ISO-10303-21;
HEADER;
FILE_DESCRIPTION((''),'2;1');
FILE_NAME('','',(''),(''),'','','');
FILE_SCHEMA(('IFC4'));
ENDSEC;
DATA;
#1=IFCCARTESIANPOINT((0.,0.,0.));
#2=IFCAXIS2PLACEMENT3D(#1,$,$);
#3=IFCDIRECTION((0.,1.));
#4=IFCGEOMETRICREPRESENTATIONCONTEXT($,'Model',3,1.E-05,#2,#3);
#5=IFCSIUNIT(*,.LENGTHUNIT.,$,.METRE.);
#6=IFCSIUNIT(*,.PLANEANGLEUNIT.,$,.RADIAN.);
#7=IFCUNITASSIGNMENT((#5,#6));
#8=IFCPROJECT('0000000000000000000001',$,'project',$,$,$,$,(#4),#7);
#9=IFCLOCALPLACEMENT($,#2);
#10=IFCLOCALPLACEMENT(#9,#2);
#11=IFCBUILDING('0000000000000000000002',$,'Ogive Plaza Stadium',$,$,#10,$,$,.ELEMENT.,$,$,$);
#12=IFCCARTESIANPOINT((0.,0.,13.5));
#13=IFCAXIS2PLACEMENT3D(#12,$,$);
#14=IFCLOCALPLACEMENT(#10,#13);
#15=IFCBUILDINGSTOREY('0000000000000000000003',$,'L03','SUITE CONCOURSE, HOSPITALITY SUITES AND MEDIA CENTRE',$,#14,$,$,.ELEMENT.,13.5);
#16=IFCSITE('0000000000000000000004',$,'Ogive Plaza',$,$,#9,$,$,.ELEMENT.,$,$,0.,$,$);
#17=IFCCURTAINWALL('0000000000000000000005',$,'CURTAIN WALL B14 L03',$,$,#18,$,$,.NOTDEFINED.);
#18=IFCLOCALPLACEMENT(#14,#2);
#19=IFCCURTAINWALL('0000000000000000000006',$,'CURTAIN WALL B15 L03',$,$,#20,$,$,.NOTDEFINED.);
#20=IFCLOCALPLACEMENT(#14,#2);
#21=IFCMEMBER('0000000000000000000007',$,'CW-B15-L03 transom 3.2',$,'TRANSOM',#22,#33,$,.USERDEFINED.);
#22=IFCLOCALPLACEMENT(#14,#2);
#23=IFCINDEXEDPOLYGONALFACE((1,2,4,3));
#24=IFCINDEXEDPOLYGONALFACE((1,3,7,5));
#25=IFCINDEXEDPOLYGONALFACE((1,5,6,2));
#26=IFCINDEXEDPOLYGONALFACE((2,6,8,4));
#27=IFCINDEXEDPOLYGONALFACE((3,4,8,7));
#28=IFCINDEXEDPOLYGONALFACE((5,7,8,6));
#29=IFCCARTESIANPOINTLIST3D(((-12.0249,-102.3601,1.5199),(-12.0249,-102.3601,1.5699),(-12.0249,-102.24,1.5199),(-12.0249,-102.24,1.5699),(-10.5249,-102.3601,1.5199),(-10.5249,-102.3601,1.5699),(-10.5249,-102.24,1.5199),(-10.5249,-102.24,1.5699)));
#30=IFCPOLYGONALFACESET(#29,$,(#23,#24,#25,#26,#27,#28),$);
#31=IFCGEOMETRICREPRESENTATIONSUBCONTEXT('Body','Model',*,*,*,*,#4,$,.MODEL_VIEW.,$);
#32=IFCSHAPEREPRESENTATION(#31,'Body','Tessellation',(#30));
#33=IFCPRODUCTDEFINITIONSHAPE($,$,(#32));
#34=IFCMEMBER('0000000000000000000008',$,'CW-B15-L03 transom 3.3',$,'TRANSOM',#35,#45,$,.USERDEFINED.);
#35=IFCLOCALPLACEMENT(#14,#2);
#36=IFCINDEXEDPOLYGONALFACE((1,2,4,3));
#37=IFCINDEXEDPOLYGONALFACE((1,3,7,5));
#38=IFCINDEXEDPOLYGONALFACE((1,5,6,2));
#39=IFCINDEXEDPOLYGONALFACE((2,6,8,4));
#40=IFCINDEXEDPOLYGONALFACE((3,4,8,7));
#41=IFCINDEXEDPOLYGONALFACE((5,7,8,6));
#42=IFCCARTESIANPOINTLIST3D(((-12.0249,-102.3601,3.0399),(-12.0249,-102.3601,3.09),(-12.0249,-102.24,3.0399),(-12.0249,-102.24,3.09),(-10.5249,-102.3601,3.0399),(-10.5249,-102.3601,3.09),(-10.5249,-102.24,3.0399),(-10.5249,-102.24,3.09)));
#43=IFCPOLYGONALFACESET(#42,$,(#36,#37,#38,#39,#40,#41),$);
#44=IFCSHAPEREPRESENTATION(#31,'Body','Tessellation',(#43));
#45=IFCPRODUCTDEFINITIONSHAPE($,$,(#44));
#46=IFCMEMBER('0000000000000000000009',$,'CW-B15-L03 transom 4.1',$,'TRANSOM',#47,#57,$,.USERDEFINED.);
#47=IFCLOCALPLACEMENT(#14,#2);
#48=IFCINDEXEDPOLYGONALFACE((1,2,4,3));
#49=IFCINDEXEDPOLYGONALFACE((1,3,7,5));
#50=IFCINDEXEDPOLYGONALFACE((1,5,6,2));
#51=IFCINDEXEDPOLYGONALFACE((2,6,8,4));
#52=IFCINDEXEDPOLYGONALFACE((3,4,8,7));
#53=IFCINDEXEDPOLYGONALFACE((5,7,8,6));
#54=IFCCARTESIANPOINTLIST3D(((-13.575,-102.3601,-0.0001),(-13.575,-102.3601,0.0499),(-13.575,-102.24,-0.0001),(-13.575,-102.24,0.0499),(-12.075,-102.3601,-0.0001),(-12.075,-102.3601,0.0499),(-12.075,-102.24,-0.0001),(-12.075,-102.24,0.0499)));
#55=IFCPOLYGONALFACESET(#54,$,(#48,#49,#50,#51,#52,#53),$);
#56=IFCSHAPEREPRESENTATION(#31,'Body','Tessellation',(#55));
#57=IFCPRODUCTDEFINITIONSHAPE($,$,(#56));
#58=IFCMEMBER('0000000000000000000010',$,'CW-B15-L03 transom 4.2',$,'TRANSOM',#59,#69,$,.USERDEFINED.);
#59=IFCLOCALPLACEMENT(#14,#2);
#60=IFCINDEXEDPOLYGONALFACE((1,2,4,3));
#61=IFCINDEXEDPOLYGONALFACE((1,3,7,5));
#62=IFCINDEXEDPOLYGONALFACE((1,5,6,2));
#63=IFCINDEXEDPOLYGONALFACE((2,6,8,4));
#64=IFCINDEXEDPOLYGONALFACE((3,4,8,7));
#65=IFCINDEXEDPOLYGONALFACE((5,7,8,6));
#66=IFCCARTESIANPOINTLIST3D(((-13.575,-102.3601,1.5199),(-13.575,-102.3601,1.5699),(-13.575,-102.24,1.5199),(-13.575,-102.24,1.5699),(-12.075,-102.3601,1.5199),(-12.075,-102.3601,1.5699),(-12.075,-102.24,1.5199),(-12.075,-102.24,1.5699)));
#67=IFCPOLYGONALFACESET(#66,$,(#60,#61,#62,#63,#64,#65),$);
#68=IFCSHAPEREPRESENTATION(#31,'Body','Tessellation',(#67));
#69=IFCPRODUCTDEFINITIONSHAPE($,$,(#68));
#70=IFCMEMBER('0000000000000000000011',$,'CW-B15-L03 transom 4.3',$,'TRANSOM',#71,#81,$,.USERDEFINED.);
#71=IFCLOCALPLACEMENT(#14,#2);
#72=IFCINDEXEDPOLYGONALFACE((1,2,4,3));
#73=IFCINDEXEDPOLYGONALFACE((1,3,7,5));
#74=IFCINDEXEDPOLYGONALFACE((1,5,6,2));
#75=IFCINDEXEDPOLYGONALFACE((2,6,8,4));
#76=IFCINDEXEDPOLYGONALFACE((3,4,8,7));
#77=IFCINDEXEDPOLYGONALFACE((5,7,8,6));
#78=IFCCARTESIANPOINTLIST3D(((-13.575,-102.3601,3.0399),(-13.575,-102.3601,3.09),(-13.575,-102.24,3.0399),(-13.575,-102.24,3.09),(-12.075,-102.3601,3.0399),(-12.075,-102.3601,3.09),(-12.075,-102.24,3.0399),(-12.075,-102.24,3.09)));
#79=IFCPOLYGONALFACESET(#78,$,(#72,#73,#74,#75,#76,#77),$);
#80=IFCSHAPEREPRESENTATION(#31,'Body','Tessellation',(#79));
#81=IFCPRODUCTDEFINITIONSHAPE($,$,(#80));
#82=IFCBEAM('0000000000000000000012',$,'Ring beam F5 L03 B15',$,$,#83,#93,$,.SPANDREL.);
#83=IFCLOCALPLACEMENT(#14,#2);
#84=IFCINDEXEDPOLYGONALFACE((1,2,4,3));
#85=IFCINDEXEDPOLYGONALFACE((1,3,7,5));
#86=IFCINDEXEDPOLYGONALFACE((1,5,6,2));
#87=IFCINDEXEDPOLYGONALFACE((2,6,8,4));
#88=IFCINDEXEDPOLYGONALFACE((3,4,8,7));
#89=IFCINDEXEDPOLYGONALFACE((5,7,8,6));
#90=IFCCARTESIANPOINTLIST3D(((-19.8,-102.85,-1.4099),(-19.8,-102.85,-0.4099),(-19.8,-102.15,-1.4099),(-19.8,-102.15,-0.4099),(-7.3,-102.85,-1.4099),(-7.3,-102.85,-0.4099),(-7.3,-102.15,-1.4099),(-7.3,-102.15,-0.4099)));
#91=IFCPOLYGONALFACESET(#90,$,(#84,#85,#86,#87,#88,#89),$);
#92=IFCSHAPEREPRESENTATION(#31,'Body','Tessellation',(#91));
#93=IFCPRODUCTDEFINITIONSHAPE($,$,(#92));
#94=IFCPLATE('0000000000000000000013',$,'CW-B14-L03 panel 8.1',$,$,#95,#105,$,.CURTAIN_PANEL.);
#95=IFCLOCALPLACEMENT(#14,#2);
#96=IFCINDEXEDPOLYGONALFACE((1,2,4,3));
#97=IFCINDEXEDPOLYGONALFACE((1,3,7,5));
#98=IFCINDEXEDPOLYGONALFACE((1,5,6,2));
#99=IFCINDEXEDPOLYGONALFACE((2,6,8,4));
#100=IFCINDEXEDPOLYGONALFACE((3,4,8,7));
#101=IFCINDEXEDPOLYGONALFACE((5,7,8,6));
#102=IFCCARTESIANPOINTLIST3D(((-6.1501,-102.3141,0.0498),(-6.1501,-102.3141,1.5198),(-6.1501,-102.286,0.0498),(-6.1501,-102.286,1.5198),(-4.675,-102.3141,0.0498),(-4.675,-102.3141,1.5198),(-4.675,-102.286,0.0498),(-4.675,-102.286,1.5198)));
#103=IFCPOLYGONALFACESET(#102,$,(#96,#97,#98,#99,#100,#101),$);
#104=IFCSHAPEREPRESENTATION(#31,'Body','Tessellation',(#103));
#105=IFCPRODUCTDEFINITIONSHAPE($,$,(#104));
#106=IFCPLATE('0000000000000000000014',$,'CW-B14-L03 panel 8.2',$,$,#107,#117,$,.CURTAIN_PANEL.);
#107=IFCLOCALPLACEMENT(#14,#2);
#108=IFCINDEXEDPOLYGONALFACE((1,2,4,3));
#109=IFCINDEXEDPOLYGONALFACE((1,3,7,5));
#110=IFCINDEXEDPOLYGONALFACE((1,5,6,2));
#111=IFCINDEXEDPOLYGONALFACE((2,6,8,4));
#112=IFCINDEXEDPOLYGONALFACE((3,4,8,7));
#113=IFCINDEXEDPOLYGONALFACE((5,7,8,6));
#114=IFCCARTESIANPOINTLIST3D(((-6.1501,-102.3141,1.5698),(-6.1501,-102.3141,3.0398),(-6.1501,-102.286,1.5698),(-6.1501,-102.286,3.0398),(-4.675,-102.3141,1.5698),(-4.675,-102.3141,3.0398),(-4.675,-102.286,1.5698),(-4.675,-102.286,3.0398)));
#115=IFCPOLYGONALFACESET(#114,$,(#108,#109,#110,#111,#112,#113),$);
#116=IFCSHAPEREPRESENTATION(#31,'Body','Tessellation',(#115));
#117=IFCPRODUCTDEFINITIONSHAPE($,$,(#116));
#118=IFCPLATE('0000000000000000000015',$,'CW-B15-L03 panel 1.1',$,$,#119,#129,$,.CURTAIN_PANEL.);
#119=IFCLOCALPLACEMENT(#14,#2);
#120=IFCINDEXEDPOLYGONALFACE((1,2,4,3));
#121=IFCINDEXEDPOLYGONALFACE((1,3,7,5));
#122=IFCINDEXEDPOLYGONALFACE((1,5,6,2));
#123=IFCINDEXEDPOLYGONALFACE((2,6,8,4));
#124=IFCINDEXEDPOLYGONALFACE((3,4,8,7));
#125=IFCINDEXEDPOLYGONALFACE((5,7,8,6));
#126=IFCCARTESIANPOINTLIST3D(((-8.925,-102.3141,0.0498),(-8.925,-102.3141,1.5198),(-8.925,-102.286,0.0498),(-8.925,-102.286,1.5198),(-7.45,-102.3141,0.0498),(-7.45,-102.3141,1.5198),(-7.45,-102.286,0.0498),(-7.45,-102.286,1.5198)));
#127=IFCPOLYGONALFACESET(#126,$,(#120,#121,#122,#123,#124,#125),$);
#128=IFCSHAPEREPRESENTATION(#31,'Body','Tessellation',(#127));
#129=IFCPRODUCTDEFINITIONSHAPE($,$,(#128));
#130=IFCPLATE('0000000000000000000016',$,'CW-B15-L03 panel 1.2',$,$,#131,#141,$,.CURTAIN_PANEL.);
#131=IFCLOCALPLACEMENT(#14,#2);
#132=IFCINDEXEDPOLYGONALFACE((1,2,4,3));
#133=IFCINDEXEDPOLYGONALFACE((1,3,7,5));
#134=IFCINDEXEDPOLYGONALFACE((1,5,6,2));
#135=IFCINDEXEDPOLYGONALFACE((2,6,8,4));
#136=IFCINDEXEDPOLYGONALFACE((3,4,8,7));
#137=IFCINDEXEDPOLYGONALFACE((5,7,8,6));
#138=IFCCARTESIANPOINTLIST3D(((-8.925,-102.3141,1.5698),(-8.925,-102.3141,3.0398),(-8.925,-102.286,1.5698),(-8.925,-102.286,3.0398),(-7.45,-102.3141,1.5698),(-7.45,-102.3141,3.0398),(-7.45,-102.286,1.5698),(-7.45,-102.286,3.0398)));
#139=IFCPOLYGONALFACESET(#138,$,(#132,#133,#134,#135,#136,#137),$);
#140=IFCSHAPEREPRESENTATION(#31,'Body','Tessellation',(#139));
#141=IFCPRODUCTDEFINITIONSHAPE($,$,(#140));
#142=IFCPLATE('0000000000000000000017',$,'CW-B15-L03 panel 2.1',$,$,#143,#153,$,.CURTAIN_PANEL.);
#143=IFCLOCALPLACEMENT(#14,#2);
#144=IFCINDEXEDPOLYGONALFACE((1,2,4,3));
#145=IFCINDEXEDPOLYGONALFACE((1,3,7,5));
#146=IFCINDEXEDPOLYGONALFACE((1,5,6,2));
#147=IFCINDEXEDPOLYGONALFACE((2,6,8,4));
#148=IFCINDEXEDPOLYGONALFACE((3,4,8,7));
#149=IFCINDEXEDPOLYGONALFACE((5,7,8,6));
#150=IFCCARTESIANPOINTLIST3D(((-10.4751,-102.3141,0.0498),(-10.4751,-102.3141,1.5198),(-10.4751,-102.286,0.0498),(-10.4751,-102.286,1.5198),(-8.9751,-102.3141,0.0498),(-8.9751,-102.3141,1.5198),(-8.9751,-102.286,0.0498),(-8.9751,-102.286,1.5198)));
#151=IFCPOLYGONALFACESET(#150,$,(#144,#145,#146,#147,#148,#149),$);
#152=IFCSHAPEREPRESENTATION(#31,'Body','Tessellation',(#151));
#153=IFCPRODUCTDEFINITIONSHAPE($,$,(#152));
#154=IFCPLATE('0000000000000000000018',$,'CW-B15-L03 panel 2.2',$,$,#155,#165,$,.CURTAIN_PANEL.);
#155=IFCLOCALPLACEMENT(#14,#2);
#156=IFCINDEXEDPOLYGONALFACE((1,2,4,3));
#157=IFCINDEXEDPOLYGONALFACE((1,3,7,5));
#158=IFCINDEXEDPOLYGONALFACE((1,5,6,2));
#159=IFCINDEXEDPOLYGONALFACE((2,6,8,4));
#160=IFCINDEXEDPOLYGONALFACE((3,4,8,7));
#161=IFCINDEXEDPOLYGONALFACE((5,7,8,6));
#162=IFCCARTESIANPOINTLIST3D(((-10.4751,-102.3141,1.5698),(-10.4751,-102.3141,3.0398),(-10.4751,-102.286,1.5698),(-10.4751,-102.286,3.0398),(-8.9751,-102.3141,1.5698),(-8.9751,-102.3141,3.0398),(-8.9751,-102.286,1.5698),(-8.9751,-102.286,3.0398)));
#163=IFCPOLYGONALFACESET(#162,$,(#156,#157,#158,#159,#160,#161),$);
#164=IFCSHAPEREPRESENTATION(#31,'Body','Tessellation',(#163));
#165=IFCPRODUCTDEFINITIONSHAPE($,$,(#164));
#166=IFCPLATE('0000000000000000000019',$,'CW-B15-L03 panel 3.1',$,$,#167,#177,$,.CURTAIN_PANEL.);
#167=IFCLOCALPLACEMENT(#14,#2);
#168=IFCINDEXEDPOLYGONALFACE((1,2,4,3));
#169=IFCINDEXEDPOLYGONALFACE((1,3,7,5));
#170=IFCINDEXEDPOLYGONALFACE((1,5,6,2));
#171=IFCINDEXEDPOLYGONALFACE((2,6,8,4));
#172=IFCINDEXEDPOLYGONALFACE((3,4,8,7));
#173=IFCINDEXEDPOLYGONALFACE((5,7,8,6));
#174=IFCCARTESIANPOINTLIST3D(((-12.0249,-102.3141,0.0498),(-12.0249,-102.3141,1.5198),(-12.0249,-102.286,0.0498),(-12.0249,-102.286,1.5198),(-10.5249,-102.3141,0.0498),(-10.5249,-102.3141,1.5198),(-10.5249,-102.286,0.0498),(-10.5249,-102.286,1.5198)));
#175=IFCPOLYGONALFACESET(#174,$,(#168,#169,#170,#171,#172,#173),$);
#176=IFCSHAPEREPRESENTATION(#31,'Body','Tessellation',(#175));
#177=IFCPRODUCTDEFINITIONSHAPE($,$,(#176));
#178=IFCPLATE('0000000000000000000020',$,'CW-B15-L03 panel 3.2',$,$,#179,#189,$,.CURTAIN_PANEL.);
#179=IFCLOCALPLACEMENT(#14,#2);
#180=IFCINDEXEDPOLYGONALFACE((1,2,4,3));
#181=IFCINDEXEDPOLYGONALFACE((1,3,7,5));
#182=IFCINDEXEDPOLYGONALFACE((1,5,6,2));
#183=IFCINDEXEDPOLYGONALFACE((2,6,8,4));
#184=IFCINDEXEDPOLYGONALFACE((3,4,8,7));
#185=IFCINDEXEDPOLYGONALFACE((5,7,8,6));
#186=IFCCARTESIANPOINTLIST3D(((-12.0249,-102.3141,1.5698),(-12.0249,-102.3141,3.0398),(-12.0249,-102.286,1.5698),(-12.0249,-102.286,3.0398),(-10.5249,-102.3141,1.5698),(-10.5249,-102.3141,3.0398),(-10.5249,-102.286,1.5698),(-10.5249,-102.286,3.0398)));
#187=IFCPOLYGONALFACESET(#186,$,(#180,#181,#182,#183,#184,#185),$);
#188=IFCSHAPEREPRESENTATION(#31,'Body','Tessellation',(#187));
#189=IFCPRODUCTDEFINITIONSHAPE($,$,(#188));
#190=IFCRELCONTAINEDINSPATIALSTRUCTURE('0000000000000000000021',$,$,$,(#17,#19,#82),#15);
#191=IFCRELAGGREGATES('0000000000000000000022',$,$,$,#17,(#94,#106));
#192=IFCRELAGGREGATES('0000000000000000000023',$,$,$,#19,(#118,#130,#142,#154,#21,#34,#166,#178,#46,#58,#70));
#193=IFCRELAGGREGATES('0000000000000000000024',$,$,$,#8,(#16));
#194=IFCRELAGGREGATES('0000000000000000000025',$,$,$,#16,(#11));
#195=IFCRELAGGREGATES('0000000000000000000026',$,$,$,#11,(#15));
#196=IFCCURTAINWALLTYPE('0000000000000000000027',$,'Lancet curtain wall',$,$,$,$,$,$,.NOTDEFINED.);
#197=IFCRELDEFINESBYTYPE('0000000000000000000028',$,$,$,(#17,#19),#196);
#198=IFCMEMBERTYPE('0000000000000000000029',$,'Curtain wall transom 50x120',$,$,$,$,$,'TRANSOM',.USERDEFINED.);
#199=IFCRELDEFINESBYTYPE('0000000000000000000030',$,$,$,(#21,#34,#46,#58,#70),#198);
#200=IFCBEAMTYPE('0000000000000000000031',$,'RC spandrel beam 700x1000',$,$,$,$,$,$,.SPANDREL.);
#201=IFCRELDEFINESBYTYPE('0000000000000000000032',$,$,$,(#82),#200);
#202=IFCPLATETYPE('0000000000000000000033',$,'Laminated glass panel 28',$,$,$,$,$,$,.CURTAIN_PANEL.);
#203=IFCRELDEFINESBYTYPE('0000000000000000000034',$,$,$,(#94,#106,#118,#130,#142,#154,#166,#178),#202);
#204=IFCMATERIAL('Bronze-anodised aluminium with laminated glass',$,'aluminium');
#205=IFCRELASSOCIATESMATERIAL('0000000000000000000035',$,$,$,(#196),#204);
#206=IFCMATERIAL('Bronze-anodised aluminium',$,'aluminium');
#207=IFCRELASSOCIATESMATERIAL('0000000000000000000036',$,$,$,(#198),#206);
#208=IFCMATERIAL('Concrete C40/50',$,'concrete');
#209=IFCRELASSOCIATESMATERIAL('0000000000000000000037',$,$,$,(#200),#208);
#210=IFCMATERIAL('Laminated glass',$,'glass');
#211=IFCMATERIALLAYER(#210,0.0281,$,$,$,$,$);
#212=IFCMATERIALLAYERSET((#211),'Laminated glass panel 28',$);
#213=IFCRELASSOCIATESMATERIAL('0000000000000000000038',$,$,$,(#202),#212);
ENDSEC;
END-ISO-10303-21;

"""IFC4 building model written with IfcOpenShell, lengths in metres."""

from ifc_helpers import new_model, si_unit, direction, frame, origin, origin_2d, place, context, subcontext, project, spatial, rectangle, extrude, material, layer, layer_set, material_profile, profile_set, type_object, element, aggregate, save


model = new_model("IFC4")

# Units and contexts
model_context = context("Model", 3, precision=1e-05, world=origin(), true_north=direction((0.0, 1.0)))
body_context = subcontext(model_context, "Body", "Model", "MODEL_VIEW")
ifc_project = project(units=[si_unit("LENGTHUNIT", "METRE"), si_unit("PLANEANGLEUNIT", "RADIAN")], contexts=[model_context])

# Site, building, storey
site_placement = place(None, origin())
site = spatial("IfcSite", under=ifc_project, at=site_placement, Name="Ogive Plaza", CompositionType="ELEMENT", RefElevation=0.0)
building_placement = place(site_placement, origin())
building = spatial("IfcBuilding", under=site, at=building_placement, Name="Ogive Plaza Stadium", CompositionType="ELEMENT")
storey_placement = place(building_placement, frame((0.0, 0.0, 13.5)))
storey = spatial("IfcBuildingStorey", under=building, at=storey_placement, Name="L03", Description="SUITE CONCOURSE, HOSPITALITY SUITES AND MEDIA CENTRE", CompositionType="ELEMENT", Elevation=13.5)

# Curtain wall
ifc_material_1 = material(Name="Bronze-anodised aluminium with laminated glass", Category="aluminium")
curtain_wall_type = type_object("IfcCurtainWallType", Name="Lancet curtain wall", PredefinedType="NOTDEFINED", material=ifc_material_1)
curtain_wall_1_placement = place(storey_placement, origin())
curtain_wall_1 = element("IfcCurtainWall", 1, at=curtain_wall_1_placement, inside=storey, type_object=curtain_wall_type, Name="CURTAIN WALL B14 L03", PredefinedType="NOTDEFINED")

# Curtain wall, members
curtain_wall_2_placement = place(storey_placement, origin())
curtain_wall_2 = element("IfcCurtainWall", 2, at=curtain_wall_2_placement, inside=storey, type_object=curtain_wall_type, Name="CURTAIN WALL B15 L03", PredefinedType="NOTDEFINED")
ifc_material_2 = material(Name="Bronze-anodised aluminium", Category="aluminium")
ifc_material_profile_1 = material_profile(ifc_material_2, rectangle(XDim=0.1201, YDim=0.05, at=origin_2d()), Name="AL 120x50")
ifc_profile_set_1 = profile_set([ifc_material_profile_1], Name="Bronze-anodised aluminium")
member_type_1 = type_object("IfcMemberType", Name="Curtain wall transom 50x120", ElementType="TRANSOM", PredefinedType="USERDEFINED", material=ifc_profile_set_1)
member_1_placement = place(storey_placement, frame((-10.5249, -102.3, 1.5449), z_axis=(-1.0, 0.0, 0.0), x_axis=(0.0, -1.0, 0.0)))
member_1 = element("IfcMember", 3, at=member_1_placement, type_object=member_type_1, Name="CW-B15-L03 transom 3.2", ObjectType="TRANSOM", PredefinedType="USERDEFINED", context=body_context, shape_type="SweptSolid", body=[
    extrude(rectangle(XDim=0.1201, YDim=0.05, at=origin_2d()), origin(), (0.0, 0.0, 1.0), 1.5),
])
member_2_placement = place(storey_placement, frame((-10.5249, -102.3, 3.0649), z_axis=(-1.0, 0.0, 0.0), x_axis=(0.0, -1.0, 0.0)))
member_2 = element("IfcMember", 4, at=member_2_placement, type_object=member_type_1, Name="CW-B15-L03 transom 3.3", ObjectType="TRANSOM", PredefinedType="USERDEFINED", context=body_context, shape_type="SweptSolid", body=[
    extrude(rectangle(XDim=0.1201, YDim=0.05, at=origin_2d()), origin(), (0.0, 0.0, 1.0), 1.5),
])
member_3_placement = place(storey_placement, frame((-12.075, -102.3, 0.0249), z_axis=(-1.0, 0.0, 0.0), x_axis=(0.0, -1.0, 0.0)))
member_3 = element("IfcMember", 5, at=member_3_placement, type_object=member_type_1, Name="CW-B15-L03 transom 4.1", ObjectType="TRANSOM", PredefinedType="USERDEFINED", context=body_context, shape_type="SweptSolid", body=[
    extrude(rectangle(XDim=0.1201, YDim=0.05, at=origin_2d()), origin(), (0.0, 0.0, 1.0), 1.5),
])
member_4_placement = place(storey_placement, frame((-12.075, -102.3, 1.5449), z_axis=(-1.0, 0.0, 0.0), x_axis=(0.0, -1.0, 0.0)))
member_4 = element("IfcMember", 6, at=member_4_placement, type_object=member_type_1, Name="CW-B15-L03 transom 4.2", ObjectType="TRANSOM", PredefinedType="USERDEFINED", context=body_context, shape_type="SweptSolid", body=[
    extrude(rectangle(XDim=0.1201, YDim=0.05, at=origin_2d()), origin(), (0.0, 0.0, 1.0), 1.5),
])
member_5_placement = place(storey_placement, frame((-12.075, -102.3, 3.0649), z_axis=(-1.0, 0.0, 0.0), x_axis=(0.0, -1.0, 0.0)))
member_5 = element("IfcMember", 7, at=member_5_placement, type_object=member_type_1, Name="CW-B15-L03 transom 4.3", ObjectType="TRANSOM", PredefinedType="USERDEFINED", context=body_context, shape_type="SweptSolid", body=[
    extrude(rectangle(XDim=0.1201, YDim=0.05, at=origin_2d()), origin(), (0.0, 0.0, 1.0), 1.5),
])

# Beam
ifc_material_3 = material(Name="Concrete C40/50", Category="concrete")
ifc_material_profile_2 = material_profile(ifc_material_3, rectangle(XDim=0.7, YDim=1.0, at=origin_2d()), Name="RC 700x1000")
ifc_profile_set_2 = profile_set([ifc_material_profile_2], Name="Concrete C40/50")
beam_type = type_object("IfcBeamType", Name="RC spandrel beam 700x1000", PredefinedType="SPANDREL", material=ifc_profile_set_2)
beam_placement = place(storey_placement, frame((-7.3, -102.5, -0.9099), z_axis=(-1.0, 0.0, 0.0), x_axis=(0.0, -1.0, 0.0)))
element("IfcBeam", 8, at=beam_placement, inside=storey, type_object=beam_type, Name="Ring beam F5 L03 B15", PredefinedType="SPANDREL", context=body_context, shape_type="SweptSolid", body=[
    extrude(rectangle(XDim=0.7, YDim=1.0, at=origin_2d()), origin(), (0.0, 0.0, 1.0), 12.5),
])

# Plates
ifc_material_4 = material(Name="Laminated glass", Category="glass")
ifc_layer_1 = layer(ifc_material_4, 0.0281)
ifc_layer_set_1 = layer_set([ifc_layer_1], Name="Laminated glass panel 28")
plate_type = type_object("IfcPlateType", Name="Laminated glass panel 28", PredefinedType="CURTAIN_PANEL", material=ifc_layer_set_1)
plate_1_placement = place(storey_placement, frame((-5.4126, -102.3, 0.0498), z_axis=(0.0, 0.0, 1.0), x_axis=(-1.0, 0.0, 0.0)))
plate_1 = element("IfcPlate", 9, at=plate_1_placement, type_object=plate_type, Name="CW-B14-L03 panel 8.1", PredefinedType="CURTAIN_PANEL", context=body_context, shape_type="SweptSolid", body=[
    extrude(rectangle(XDim=1.4751, YDim=0.0281, at=origin_2d()), origin(), (0.0, 0.0, 1.0), 1.47),
])
plate_2_placement = place(storey_placement, frame((-5.4126, -102.3, 1.5698), z_axis=(0.0, 0.0, 1.0), x_axis=(-1.0, 0.0, 0.0)))
plate_2 = element("IfcPlate", 10, at=plate_2_placement, type_object=plate_type, Name="CW-B14-L03 panel 8.2", PredefinedType="CURTAIN_PANEL", context=body_context, shape_type="SweptSolid", body=[
    extrude(rectangle(XDim=1.4751, YDim=0.0281, at=origin_2d()), origin(), (0.0, 0.0, 1.0), 1.47),
])
aggregate(curtain_wall_1, [plate_1, plate_2])
plate_3_placement = place(storey_placement, frame((-8.1875, -102.3, 0.0498), z_axis=(0.0, 0.0, 1.0), x_axis=(-1.0, 0.0, 0.0)))
plate_3 = element("IfcPlate", 11, at=plate_3_placement, type_object=plate_type, Name="CW-B15-L03 panel 1.1", PredefinedType="CURTAIN_PANEL", context=body_context, shape_type="SweptSolid", body=[
    extrude(rectangle(XDim=1.4751, YDim=0.0281, at=origin_2d()), origin(), (0.0, 0.0, 1.0), 1.47),
])
plate_4_placement = place(storey_placement, frame((-8.1875, -102.3, 1.5698), z_axis=(0.0, 0.0, 1.0), x_axis=(-1.0, 0.0, 0.0)))
plate_4 = element("IfcPlate", 12, at=plate_4_placement, type_object=plate_type, Name="CW-B15-L03 panel 1.2", PredefinedType="CURTAIN_PANEL", context=body_context, shape_type="SweptSolid", body=[
    extrude(rectangle(XDim=1.4751, YDim=0.0281, at=origin_2d()), origin(), (0.0, 0.0, 1.0), 1.47),
])
plate_5_placement = place(storey_placement, frame((-9.7251, -102.3, 0.0498), z_axis=(0.0, 0.0, 1.0), x_axis=(-1.0, 0.0, 0.0)))
plate_5 = element("IfcPlate", 13, at=plate_5_placement, type_object=plate_type, Name="CW-B15-L03 panel 2.1", PredefinedType="CURTAIN_PANEL", context=body_context, shape_type="SweptSolid", body=[
    extrude(rectangle(XDim=1.5, YDim=0.0281, at=origin_2d()), origin(), (0.0, 0.0, 1.0), 1.47),
])
plate_6_placement = place(storey_placement, frame((-9.7251, -102.3, 1.5698), z_axis=(0.0, 0.0, 1.0), x_axis=(-1.0, 0.0, 0.0)))
plate_6 = element("IfcPlate", 14, at=plate_6_placement, type_object=plate_type, Name="CW-B15-L03 panel 2.2", PredefinedType="CURTAIN_PANEL", context=body_context, shape_type="SweptSolid", body=[
    extrude(rectangle(XDim=1.5, YDim=0.0281, at=origin_2d()), origin(), (0.0, 0.0, 1.0), 1.47),
])
plate_7_placement = place(storey_placement, frame((-11.2749, -102.3, 0.0498), z_axis=(0.0, 0.0, 1.0), x_axis=(-1.0, 0.0, 0.0)))
plate_7 = element("IfcPlate", 15, at=plate_7_placement, type_object=plate_type, Name="CW-B15-L03 panel 3.1", PredefinedType="CURTAIN_PANEL", context=body_context, shape_type="SweptSolid", body=[
    extrude(rectangle(XDim=1.5, YDim=0.0281, at=origin_2d()), origin(), (0.0, 0.0, 1.0), 1.47),
])
plate_8_placement = place(storey_placement, frame((-11.2749, -102.3, 1.5698), z_axis=(0.0, 0.0, 1.0), x_axis=(-1.0, 0.0, 0.0)))
plate_8 = element("IfcPlate", 16, at=plate_8_placement, type_object=plate_type, Name="CW-B15-L03 panel 3.2", PredefinedType="CURTAIN_PANEL", context=body_context, shape_type="SweptSolid", body=[
    extrude(rectangle(XDim=1.5, YDim=0.0281, at=origin_2d()), origin(), (0.0, 0.0, 1.0), 1.47),
])
aggregate(curtain_wall_2, [plate_3, plate_4, plate_5, plate_6, member_1, member_2, plate_7, plate_8, member_3, member_4, member_5])

save(model, "model.ifc")
